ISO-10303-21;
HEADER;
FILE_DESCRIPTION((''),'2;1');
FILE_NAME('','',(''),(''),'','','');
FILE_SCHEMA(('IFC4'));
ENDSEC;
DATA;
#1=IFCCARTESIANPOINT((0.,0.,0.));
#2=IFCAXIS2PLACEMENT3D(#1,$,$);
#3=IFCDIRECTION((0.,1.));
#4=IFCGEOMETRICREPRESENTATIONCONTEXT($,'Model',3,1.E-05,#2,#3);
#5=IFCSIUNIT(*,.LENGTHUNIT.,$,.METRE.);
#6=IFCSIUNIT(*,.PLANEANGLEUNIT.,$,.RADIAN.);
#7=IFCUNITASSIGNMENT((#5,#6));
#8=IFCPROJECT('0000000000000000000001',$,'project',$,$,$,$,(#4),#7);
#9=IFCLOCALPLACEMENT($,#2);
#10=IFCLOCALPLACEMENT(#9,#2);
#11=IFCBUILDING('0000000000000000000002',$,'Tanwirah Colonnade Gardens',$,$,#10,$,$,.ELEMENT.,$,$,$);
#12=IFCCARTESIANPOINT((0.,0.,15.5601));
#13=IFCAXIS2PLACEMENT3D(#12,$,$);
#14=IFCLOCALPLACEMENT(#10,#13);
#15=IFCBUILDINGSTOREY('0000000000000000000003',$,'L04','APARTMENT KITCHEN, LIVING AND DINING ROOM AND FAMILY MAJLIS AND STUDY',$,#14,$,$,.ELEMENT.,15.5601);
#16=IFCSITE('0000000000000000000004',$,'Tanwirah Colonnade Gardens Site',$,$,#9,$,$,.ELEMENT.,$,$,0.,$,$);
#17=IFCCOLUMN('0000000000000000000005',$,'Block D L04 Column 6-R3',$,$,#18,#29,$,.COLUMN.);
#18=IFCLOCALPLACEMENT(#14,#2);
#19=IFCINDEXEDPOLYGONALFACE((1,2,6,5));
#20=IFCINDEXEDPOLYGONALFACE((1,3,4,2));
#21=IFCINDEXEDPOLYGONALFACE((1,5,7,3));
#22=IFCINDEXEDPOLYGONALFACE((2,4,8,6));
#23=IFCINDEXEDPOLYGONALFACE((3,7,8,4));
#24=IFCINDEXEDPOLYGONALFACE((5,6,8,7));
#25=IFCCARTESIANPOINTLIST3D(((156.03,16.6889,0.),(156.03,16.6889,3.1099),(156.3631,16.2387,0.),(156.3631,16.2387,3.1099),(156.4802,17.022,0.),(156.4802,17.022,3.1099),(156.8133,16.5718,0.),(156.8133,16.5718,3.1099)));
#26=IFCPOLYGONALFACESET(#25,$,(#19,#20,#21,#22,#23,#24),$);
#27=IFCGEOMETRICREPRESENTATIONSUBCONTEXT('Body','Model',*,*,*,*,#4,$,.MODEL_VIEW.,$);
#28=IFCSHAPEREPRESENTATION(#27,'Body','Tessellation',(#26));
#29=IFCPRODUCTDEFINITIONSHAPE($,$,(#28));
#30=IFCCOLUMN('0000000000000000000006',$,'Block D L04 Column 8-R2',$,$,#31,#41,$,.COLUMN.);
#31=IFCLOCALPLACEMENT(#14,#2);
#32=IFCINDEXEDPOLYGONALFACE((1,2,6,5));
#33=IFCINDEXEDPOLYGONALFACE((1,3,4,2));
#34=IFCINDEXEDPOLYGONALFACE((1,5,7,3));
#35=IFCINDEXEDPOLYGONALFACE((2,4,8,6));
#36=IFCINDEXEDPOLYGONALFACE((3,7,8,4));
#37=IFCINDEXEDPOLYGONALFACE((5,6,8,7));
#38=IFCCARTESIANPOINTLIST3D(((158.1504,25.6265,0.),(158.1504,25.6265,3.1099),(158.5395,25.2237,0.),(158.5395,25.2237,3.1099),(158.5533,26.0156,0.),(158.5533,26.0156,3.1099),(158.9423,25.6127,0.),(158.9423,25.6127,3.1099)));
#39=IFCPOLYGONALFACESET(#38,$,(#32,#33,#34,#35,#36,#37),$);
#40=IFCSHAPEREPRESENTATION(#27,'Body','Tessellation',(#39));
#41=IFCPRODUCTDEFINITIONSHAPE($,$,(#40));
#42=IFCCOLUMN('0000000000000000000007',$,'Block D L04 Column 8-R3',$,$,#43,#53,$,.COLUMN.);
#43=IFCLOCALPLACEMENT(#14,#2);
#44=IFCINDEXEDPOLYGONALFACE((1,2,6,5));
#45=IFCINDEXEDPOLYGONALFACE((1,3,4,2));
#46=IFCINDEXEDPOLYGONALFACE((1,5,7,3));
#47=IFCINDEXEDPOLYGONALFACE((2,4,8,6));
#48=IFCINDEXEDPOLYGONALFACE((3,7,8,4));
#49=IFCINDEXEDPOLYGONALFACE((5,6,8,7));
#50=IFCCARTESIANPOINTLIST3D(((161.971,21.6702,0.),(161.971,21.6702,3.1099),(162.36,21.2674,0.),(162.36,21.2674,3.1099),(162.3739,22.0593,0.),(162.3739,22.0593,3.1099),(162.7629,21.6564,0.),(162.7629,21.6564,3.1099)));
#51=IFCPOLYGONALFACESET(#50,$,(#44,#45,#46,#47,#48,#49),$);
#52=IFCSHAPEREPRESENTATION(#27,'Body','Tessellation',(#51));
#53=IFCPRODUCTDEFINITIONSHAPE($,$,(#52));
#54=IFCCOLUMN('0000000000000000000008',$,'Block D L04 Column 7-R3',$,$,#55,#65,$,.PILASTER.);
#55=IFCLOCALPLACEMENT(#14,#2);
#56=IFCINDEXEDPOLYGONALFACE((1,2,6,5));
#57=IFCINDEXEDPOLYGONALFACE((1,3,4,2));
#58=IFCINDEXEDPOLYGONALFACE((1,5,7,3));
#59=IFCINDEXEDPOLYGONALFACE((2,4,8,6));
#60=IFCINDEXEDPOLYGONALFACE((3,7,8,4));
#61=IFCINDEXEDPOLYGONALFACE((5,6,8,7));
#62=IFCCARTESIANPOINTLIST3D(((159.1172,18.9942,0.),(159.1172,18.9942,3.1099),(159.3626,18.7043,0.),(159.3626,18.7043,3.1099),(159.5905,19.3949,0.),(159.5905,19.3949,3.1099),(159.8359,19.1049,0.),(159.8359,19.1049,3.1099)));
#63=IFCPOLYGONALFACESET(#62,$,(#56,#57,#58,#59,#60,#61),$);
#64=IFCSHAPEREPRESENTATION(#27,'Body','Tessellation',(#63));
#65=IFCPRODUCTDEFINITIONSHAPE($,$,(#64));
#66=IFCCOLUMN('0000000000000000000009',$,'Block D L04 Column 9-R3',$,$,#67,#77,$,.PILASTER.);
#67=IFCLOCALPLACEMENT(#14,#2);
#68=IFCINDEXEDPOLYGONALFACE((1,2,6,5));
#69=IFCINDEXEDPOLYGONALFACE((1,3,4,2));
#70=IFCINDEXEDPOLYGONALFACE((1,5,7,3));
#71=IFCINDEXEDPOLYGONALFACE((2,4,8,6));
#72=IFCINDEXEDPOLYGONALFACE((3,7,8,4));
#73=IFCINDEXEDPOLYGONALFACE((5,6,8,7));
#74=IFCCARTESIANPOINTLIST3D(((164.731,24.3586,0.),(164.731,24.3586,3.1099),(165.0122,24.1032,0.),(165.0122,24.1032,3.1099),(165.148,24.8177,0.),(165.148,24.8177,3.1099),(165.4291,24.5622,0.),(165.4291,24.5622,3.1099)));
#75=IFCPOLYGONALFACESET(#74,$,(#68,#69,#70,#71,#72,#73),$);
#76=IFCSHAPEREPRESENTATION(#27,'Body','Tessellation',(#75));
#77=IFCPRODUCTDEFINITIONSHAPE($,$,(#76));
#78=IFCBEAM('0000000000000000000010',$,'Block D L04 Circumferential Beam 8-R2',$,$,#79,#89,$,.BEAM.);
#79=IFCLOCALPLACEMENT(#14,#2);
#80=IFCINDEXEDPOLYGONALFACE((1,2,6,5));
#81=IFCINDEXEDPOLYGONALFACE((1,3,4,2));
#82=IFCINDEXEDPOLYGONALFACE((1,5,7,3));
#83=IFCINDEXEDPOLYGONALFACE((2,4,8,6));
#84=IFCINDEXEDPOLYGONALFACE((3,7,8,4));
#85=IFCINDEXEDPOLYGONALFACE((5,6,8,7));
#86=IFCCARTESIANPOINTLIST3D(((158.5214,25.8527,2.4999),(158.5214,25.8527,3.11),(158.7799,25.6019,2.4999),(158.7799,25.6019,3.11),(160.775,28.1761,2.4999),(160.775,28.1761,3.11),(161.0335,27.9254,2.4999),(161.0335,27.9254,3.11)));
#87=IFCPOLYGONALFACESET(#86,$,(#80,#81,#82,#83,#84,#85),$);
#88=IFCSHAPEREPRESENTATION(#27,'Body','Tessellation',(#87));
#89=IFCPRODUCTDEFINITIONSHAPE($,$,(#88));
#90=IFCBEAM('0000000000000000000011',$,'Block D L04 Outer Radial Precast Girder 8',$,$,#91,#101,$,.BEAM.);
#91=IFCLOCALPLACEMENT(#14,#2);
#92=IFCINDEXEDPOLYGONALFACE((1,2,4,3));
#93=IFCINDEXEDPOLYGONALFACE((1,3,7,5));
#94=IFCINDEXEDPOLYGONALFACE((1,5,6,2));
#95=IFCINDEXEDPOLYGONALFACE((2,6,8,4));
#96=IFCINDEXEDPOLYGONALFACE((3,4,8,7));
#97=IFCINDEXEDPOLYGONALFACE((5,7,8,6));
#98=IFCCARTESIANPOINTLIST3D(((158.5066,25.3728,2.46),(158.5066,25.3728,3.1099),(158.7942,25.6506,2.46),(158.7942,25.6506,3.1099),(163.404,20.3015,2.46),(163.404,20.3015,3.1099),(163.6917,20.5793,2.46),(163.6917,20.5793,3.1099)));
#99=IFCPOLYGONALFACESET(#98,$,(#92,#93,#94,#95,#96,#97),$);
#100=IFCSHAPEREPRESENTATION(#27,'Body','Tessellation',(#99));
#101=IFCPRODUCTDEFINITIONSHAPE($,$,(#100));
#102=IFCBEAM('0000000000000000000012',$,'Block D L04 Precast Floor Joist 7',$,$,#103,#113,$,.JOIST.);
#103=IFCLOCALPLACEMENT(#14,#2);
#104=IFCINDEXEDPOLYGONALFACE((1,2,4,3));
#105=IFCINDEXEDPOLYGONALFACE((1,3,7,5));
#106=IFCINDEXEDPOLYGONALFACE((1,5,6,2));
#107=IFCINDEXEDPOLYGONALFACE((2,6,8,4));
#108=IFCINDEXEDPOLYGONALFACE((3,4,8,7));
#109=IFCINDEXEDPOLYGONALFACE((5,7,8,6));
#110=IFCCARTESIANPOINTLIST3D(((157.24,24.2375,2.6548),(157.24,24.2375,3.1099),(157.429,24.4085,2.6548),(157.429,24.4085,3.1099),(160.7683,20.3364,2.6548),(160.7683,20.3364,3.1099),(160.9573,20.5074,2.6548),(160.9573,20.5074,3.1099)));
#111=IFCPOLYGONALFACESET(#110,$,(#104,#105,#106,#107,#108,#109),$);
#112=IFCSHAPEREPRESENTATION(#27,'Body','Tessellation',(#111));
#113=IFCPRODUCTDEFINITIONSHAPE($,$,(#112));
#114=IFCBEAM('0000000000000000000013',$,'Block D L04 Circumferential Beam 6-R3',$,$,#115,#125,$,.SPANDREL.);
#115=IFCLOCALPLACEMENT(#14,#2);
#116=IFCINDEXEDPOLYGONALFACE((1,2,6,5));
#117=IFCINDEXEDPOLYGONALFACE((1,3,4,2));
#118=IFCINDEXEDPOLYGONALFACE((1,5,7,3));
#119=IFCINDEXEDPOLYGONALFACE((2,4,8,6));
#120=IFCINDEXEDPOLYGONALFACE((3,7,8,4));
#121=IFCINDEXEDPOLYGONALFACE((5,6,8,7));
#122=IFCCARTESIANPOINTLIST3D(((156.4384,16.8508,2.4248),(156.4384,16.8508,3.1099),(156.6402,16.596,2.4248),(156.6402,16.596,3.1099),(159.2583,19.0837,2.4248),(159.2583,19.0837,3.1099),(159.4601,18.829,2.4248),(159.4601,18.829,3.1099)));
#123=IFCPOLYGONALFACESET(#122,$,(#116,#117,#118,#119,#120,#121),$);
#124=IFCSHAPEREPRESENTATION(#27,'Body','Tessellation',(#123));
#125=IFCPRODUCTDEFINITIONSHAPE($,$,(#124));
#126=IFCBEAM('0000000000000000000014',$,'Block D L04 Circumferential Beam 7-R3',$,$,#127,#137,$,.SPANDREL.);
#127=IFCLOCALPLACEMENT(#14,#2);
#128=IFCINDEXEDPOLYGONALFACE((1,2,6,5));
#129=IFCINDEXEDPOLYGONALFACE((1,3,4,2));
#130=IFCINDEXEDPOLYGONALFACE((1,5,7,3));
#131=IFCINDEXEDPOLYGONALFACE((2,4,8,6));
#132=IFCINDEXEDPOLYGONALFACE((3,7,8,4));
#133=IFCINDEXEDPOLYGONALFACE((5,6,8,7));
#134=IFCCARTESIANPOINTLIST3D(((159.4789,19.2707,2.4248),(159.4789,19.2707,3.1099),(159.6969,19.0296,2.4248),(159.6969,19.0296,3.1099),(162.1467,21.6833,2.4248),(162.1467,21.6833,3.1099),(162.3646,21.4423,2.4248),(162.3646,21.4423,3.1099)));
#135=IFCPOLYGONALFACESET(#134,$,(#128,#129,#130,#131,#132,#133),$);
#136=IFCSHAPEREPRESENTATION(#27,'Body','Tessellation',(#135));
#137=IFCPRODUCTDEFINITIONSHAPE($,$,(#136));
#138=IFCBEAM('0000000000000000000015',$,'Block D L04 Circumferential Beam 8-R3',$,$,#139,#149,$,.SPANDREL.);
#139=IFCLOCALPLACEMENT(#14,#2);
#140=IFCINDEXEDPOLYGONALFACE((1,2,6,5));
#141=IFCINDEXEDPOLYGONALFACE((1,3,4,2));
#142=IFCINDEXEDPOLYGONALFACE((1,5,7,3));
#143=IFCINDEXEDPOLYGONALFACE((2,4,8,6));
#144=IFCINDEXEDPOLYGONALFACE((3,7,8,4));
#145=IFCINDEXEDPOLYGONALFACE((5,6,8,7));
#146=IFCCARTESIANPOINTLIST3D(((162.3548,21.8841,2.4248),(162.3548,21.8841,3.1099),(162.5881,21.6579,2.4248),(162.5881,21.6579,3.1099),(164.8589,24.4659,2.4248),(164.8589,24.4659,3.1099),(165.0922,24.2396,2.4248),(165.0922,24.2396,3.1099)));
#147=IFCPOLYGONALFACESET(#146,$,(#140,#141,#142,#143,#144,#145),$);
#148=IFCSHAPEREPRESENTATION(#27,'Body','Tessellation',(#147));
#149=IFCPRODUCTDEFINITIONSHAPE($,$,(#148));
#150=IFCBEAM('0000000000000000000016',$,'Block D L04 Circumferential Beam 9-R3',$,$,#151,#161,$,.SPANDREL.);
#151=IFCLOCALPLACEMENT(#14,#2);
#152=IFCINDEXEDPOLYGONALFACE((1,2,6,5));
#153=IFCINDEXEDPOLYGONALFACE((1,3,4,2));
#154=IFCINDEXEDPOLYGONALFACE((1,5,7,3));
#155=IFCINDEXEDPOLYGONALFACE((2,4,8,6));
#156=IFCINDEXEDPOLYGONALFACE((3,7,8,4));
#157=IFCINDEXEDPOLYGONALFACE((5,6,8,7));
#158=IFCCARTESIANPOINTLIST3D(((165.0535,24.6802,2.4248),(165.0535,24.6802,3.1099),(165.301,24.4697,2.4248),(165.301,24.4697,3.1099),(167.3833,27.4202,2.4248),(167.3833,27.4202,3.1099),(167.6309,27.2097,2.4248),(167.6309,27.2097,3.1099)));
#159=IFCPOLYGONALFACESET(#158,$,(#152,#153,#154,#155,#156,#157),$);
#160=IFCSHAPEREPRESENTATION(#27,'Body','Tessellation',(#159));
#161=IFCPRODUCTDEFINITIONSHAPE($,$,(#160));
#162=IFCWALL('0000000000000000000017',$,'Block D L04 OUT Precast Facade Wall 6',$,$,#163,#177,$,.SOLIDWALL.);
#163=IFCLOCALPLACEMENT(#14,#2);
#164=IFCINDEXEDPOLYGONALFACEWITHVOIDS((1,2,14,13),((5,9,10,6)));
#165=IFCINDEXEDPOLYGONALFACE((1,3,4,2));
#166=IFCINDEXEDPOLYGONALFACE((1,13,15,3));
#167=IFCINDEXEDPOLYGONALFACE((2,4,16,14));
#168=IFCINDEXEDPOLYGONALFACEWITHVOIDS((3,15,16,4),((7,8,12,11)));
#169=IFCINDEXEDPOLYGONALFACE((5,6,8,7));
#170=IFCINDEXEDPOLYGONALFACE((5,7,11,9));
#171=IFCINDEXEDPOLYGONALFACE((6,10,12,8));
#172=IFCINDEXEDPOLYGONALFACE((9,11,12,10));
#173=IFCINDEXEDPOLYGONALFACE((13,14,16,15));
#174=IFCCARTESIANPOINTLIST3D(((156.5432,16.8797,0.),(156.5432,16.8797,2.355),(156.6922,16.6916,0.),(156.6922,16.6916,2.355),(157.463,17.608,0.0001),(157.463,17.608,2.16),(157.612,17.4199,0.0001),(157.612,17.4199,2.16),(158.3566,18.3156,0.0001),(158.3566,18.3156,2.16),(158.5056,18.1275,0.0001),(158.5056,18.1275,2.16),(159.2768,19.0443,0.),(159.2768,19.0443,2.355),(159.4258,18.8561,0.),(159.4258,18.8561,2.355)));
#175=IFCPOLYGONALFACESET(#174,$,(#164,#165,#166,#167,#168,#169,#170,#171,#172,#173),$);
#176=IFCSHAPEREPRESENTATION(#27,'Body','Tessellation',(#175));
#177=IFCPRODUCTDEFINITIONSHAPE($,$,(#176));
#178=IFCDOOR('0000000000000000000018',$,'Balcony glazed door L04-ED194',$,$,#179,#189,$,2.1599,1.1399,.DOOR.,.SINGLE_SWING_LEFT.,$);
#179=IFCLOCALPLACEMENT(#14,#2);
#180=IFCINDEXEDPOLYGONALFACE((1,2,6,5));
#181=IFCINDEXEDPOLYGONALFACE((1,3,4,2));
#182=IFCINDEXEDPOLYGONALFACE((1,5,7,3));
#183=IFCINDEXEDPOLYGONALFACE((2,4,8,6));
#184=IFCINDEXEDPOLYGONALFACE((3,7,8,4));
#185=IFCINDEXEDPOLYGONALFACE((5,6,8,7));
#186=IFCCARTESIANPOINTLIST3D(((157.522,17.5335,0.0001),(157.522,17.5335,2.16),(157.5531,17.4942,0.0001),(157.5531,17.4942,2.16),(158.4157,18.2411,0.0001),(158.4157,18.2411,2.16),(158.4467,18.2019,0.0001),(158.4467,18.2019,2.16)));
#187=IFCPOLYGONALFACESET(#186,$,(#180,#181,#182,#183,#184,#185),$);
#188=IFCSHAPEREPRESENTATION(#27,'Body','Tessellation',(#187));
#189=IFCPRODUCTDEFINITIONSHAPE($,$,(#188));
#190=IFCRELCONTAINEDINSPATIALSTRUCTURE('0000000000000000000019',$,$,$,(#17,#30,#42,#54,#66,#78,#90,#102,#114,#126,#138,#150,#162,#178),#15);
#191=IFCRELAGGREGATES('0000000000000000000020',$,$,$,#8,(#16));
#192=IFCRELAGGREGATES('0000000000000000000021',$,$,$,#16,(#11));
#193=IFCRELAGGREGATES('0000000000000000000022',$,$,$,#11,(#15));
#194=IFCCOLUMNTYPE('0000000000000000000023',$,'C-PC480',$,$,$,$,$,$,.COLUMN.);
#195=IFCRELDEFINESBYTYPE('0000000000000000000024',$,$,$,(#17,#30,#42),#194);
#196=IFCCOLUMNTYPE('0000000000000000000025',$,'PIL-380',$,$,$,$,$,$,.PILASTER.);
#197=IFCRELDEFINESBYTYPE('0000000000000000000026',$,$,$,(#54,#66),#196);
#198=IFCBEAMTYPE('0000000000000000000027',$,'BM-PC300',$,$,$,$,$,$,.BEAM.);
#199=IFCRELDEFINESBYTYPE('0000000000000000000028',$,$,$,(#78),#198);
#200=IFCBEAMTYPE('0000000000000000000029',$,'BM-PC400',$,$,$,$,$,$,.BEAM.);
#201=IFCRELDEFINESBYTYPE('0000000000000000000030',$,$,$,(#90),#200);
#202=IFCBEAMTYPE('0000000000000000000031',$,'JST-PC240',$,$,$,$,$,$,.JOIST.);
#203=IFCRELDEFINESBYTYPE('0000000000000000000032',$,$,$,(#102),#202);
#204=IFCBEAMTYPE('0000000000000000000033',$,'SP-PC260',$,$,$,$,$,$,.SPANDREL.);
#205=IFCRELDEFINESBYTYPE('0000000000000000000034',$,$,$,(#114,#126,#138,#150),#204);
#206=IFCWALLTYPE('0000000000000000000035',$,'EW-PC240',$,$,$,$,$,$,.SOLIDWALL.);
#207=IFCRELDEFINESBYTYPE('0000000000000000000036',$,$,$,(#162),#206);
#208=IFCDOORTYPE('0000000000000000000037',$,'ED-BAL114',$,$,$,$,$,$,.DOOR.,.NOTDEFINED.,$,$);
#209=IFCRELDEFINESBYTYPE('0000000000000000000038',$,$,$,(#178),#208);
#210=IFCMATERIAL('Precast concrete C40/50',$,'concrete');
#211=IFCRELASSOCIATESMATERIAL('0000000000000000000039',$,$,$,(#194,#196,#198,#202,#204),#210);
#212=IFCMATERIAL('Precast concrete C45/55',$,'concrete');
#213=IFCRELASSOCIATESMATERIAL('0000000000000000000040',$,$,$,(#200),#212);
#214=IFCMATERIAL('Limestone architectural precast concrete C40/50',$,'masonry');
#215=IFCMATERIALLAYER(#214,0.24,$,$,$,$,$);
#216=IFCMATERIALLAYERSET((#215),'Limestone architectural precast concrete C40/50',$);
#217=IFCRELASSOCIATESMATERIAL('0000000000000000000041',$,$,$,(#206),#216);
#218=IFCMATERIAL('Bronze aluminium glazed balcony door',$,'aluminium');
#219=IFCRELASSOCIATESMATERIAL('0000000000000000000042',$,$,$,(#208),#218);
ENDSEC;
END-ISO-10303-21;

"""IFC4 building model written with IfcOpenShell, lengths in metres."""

from ifc_helpers import new_model, si_unit, direction, frame, frame_2d, origin, origin_2d, place, context, subcontext, project, spatial, rectangle, extrude, material, layer, layer_set, material_profile, profile_set, type_object, element, fill, save


model = new_model("IFC4")

# Units and contexts
model_context = context("Model", 3, precision=1e-05, world=origin(), true_north=direction((0.0, 1.0)))
body_context = subcontext(model_context, "Body", "Model", "MODEL_VIEW")
ifc_project = project(units=[si_unit("LENGTHUNIT", "METRE"), si_unit("PLANEANGLEUNIT", "RADIAN")], contexts=[model_context])

# Site, building, storey
site_placement = place(None, origin())
site = spatial("IfcSite", under=ifc_project, at=site_placement, Name="Tanwirah Colonnade Gardens Site", CompositionType="ELEMENT", RefElevation=0.0)
building_placement = place(site_placement, origin())
building = spatial("IfcBuilding", under=site, at=building_placement, Name="Tanwirah Colonnade Gardens", CompositionType="ELEMENT")
storey_placement = place(building_placement, frame((0.0, 0.0, 15.5601)))
storey = spatial("IfcBuildingStorey", under=building, at=storey_placement, Name="L04", Description="APARTMENT KITCHEN, LIVING AND DINING ROOM AND FAMILY MAJLIS AND STUDY", CompositionType="ELEMENT", Elevation=15.5601)

# Columns
ifc_material_1 = material(Name="Precast concrete C40/50", Category="concrete")
ifc_material_profile_1 = material_profile(ifc_material_1, rectangle(XDim=0.5601, YDim=0.5601, at=origin_2d()), Name="PC-COL 560x560")
ifc_profile_set_1 = profile_set([ifc_material_profile_1], Name="Precast concrete C40/50")
column_type_1 = type_object("IfcColumnType", Name="C-PC480", PredefinedType="COLUMN", material=ifc_profile_set_1)
for number, where, z_axis, x_axis, name in (
    (1, (156.4216, 16.6304, 0.0), (0.0, 0.0, 1.0), (0.594823, -0.803857, 0.0), "Block D L04 Column 6-R3"),
    (2, (158.5464, 25.6196, 0.0), (0.0, 0.0, 1.0), (0.694658, -0.71934, 0.0), "Block D L04 Column 8-R2"),
    (3, (162.3669, 21.6633, 0.0), (0.0, 0.0, 1.0), (0.694658, -0.71934, 0.0), "Block D L04 Column 8-R3"),
):
    element("IfcColumn", number, at=place(storey_placement, frame(where, z_axis=z_axis, x_axis=x_axis)), inside=storey, type_object=column_type_1, Name=name, PredefinedType="COLUMN", context=body_context, shape_type="SweptSolid", body=[
        extrude(rectangle(XDim=0.5601, YDim=0.5601, at=origin_2d()), origin(), (0.0, 0.0, 1.0), 3.1099),
    ])
ifc_material_profile_2 = material_profile(ifc_material_1, rectangle(XDim=0.3799, YDim=0.6201, at=origin_2d()), Name="PC-PIL 380x620")
ifc_profile_set_2 = profile_set([ifc_material_profile_2], Name="Precast concrete C40/50")
column_type_2 = type_object("IfcColumnType", Name="PIL-380", PredefinedType="PILASTER", material=ifc_profile_set_2)
for number, where, z_axis, x_axis, name in (
    (4, (159.4766, 19.0496, 0.0), (0.0, 0.0, 1.0), (0.646124, -0.763232, 0.0), "Block D L04 Column 7-R3"),
    (5, (165.0801, 24.4604, 0.0), (0.0, 0.0, 1.0), (0.740218, -0.672367, 0.0), "Block D L04 Column 9-R3"),
):
    element("IfcColumn", number, at=place(storey_placement, frame(where, z_axis=z_axis, x_axis=x_axis)), inside=storey, type_object=column_type_2, Name=name, PredefinedType="PILASTER", context=body_context, shape_type="SweptSolid", body=[
        extrude(rectangle(XDim=0.3799, YDim=0.6201, at=origin_2d()), origin(), (0.0, 0.0, 1.0), 3.1099),
    ])

# Beams
ifc_material_profile_3 = material_profile(ifc_material_1, rectangle(XDim=0.3601, YDim=0.6101, at=origin_2d()), Name="PC-BM 360x610")
ifc_profile_set_3 = profile_set([ifc_material_profile_3], Name="Precast concrete C40/50")
beam_type_1 = type_object("IfcBeamType", Name="BM-PC300", PredefinedType="BEAM", material=ifc_profile_set_3)
beam_1_placement = place(storey_placement, frame((158.6506, 25.7273, 2.8049), z_axis=(0.696239, 0.71781, 0.0), x_axis=(-0.71781, 0.696239, 0.0)))
element("IfcBeam", 6, at=beam_1_placement, inside=storey, type_object=beam_type_1, Name="Block D L04 Circumferential Beam 8-R2", PredefinedType="BEAM", context=body_context, shape_type="SweptSolid", body=[
    extrude(rectangle(XDim=0.3601, YDim=0.6101, at=origin_2d()), origin(), (0.0, 0.0, 1.0), 3.2368),
])
ifc_material_2 = material(Name="Precast concrete C45/55", Category="concrete")
ifc_material_profile_4 = material_profile(ifc_material_2, rectangle(XDim=0.3999, YDim=0.6499, at=origin_2d()), Name="PC-BM 400x650")
ifc_profile_set_4 = profile_set([ifc_material_profile_4], Name="Precast concrete C45/55")
beam_type_2 = type_object("IfcBeamType", Name="BM-PC400", PredefinedType="BEAM", material=ifc_profile_set_4)
beam_2_placement = place(storey_placement, frame((158.6504, 25.5117, 2.7849), z_axis=(0.694671, -0.719327, 0.0), x_axis=(0.719327, 0.694671, 0.0)))
element("IfcBeam", 7, at=beam_2_placement, inside=storey, type_object=beam_type_2, Name="Block D L04 Outer Radial Precast Girder 8", PredefinedType="BEAM", context=body_context, shape_type="SweptSolid", body=[
    extrude(rectangle(XDim=0.3999, YDim=0.6499, at=origin_2d()), origin(), (0.0, 0.0, 1.0), 7.05),
])
ifc_material_profile_5 = material_profile(ifc_material_1, rectangle(XDim=0.2549, YDim=0.4551, at=origin_2d()), Name="PC-JST 255x455")
ifc_profile_set_5 = profile_set([ifc_material_profile_5], Name="Precast concrete C40/50")
beam_type_3 = type_object("IfcBeamType", Name="JST-PC240", PredefinedType="JOIST", material=ifc_profile_set_5)
beam_3_placement = place(storey_placement, frame((157.3345, 24.323, 2.8823), z_axis=(0.670781, -0.741656, 0.0), x_axis=(0.741656, 0.670781, 0.0)))
element("IfcBeam", 8, at=beam_3_placement, inside=storey, type_object=beam_type_3, Name="Block D L04 Precast Floor Joist 7", PredefinedType="JOIST", context=body_context, shape_type="SweptSolid", body=[
    extrude(rectangle(XDim=0.2549, YDim=0.4551, at=origin_2d()), origin(), (0.0, 0.0, 1.0), 5.26),
])
ifc_material_profile_6 = material_profile(ifc_material_1, rectangle(XDim=0.325, YDim=0.6851, at=origin_2d()), Name="PC-SP 325x685")
ifc_profile_set_6 = profile_set([ifc_material_profile_6], Name="Precast concrete C40/50")
beam_type_4 = type_object("IfcBeamType", Name="SP-PC260", PredefinedType="SPANDREL", material=ifc_profile_set_6)
for number, where, z_axis, x_axis, name in (
    (9, (156.5393, 16.7234, 2.7673), (0.783971, 0.620797, 0.0), (-0.620797, 0.783971, 0.0), "Block D L04 Circumferential Beam 6-R3"),
    (10, (159.5879, 19.1501, 2.7673), (0.741682, 0.670752, 0.0), (-0.670752, 0.741682, 0.0), "Block D L04 Circumferential Beam 7-R3"),
):
    element("IfcBeam", number, at=place(storey_placement, frame(where, z_axis=z_axis, x_axis=x_axis)), inside=storey, type_object=beam_type_4, Name=name, PredefinedType="SPANDREL", context=body_context, shape_type="SweptSolid", body=[
        extrude(rectangle(XDim=0.325, YDim=0.6851, at=origin_2d()), origin(), (0.0, 0.0, 1.0), 3.5969),
    ])
for number, where, z_axis, x_axis, name in (
    (11, (162.4714, 21.771, 2.7673), (0.696232, 0.717817, 0.0), (-0.717817, 0.696232, 0.0), "Block D L04 Circumferential Beam 8-R3"),
    (12, (165.1772, 24.575, 2.7673), (0.647784, 0.761824, 0.0), (-0.761824, 0.647784, 0.0), "Block D L04 Circumferential Beam 9-R3"),
):
    element("IfcBeam", number, at=place(storey_placement, frame(where, z_axis=z_axis, x_axis=x_axis)), inside=storey, type_object=beam_type_4, Name=name, PredefinedType="SPANDREL", context=body_context, shape_type="SweptSolid", body=[
        extrude(rectangle(XDim=0.325, YDim=0.6851, at=origin_2d()), origin(), (0.0, 0.0, 1.0), 3.5967),
    ])

# Wall, opening, door
ifc_material_3 = material(Name="Limestone architectural precast concrete C40/50", Category="masonry")
ifc_layer_1 = layer(ifc_material_3, 0.24)
ifc_layer_set_1 = layer_set([ifc_layer_1], Name="Limestone architectural precast concrete C40/50")
wall_type_1 = type_object("IfcWallType", Name="EW-PC240", PredefinedType="SOLIDWALL", material=ifc_layer_set_1)
wall_1_placement = place(storey_placement, frame((156.6177, 16.7856, 0.0), z_axis=(0.0, 0.0, 1.0), x_axis=(0.783988, 0.620776, 0.0)))
wall_1 = element("IfcWall", 13, at=wall_1_placement, inside=storey, type_object=wall_type_1, Name="Block D L04 OUT Precast Facade Wall 6", PredefinedType="SOLIDWALL", context=body_context, shape_type="SweptSolid", body=[
    extrude(rectangle(XDim=3.4868, YDim=0.24, at=frame_2d((1.7434, 0.0))), origin(), (0.0, 0.0, 1.0), 2.355),
])
opening_1_placement = place(wall_1_placement, frame((1.1733, 0.0, 0.0)))
opening_1 = element("IfcOpeningElement", 14, at=opening_1_placement, cuts=wall_1, PredefinedType="OPENING", context=body_context, shape_type="SweptSolid", body=[
    extrude(rectangle(XDim=1.1399, YDim=2.1599, at=frame_2d((0.5698, 1.0801))), frame((0.0, 0.1299, 0.0), z_axis=(0.0, -1.0, 0.0), x_axis=(1.0, 0.0, 0.0)), (0.0, 0.0, 1.0), 0.26),
])
ifc_material_4 = material(Name="Bronze aluminium glazed balcony door", Category="aluminium")
door_type_1 = type_object("IfcDoorType", Name="ED-BAL114", OperationType="NOTDEFINED", PredefinedType="DOOR", material=ifc_material_4)
door_1_placement = place(opening_1_placement, origin())
door_1 = element("IfcDoor", 15, at=door_1_placement, inside=storey, type_object=door_type_1, Name="Balcony glazed door L04-ED194", OperationType="SINGLE_SWING_LEFT", OverallHeight=2.1599, OverallWidth=1.1399, PredefinedType="DOOR", context=body_context, shape_type="SweptSolid", body=[
    extrude(rectangle(XDim=1.1399, YDim=2.1599, at=frame_2d((0.5698, 1.0801))), frame((0.0, 0.0249, 0.0), z_axis=(0.0, -1.0, 0.0), x_axis=(1.0, 0.0, 0.0)), (0.0, 0.0, 1.0), 0.05),
])
fill(opening_1, door_1)

save(model, "model.ifc")
